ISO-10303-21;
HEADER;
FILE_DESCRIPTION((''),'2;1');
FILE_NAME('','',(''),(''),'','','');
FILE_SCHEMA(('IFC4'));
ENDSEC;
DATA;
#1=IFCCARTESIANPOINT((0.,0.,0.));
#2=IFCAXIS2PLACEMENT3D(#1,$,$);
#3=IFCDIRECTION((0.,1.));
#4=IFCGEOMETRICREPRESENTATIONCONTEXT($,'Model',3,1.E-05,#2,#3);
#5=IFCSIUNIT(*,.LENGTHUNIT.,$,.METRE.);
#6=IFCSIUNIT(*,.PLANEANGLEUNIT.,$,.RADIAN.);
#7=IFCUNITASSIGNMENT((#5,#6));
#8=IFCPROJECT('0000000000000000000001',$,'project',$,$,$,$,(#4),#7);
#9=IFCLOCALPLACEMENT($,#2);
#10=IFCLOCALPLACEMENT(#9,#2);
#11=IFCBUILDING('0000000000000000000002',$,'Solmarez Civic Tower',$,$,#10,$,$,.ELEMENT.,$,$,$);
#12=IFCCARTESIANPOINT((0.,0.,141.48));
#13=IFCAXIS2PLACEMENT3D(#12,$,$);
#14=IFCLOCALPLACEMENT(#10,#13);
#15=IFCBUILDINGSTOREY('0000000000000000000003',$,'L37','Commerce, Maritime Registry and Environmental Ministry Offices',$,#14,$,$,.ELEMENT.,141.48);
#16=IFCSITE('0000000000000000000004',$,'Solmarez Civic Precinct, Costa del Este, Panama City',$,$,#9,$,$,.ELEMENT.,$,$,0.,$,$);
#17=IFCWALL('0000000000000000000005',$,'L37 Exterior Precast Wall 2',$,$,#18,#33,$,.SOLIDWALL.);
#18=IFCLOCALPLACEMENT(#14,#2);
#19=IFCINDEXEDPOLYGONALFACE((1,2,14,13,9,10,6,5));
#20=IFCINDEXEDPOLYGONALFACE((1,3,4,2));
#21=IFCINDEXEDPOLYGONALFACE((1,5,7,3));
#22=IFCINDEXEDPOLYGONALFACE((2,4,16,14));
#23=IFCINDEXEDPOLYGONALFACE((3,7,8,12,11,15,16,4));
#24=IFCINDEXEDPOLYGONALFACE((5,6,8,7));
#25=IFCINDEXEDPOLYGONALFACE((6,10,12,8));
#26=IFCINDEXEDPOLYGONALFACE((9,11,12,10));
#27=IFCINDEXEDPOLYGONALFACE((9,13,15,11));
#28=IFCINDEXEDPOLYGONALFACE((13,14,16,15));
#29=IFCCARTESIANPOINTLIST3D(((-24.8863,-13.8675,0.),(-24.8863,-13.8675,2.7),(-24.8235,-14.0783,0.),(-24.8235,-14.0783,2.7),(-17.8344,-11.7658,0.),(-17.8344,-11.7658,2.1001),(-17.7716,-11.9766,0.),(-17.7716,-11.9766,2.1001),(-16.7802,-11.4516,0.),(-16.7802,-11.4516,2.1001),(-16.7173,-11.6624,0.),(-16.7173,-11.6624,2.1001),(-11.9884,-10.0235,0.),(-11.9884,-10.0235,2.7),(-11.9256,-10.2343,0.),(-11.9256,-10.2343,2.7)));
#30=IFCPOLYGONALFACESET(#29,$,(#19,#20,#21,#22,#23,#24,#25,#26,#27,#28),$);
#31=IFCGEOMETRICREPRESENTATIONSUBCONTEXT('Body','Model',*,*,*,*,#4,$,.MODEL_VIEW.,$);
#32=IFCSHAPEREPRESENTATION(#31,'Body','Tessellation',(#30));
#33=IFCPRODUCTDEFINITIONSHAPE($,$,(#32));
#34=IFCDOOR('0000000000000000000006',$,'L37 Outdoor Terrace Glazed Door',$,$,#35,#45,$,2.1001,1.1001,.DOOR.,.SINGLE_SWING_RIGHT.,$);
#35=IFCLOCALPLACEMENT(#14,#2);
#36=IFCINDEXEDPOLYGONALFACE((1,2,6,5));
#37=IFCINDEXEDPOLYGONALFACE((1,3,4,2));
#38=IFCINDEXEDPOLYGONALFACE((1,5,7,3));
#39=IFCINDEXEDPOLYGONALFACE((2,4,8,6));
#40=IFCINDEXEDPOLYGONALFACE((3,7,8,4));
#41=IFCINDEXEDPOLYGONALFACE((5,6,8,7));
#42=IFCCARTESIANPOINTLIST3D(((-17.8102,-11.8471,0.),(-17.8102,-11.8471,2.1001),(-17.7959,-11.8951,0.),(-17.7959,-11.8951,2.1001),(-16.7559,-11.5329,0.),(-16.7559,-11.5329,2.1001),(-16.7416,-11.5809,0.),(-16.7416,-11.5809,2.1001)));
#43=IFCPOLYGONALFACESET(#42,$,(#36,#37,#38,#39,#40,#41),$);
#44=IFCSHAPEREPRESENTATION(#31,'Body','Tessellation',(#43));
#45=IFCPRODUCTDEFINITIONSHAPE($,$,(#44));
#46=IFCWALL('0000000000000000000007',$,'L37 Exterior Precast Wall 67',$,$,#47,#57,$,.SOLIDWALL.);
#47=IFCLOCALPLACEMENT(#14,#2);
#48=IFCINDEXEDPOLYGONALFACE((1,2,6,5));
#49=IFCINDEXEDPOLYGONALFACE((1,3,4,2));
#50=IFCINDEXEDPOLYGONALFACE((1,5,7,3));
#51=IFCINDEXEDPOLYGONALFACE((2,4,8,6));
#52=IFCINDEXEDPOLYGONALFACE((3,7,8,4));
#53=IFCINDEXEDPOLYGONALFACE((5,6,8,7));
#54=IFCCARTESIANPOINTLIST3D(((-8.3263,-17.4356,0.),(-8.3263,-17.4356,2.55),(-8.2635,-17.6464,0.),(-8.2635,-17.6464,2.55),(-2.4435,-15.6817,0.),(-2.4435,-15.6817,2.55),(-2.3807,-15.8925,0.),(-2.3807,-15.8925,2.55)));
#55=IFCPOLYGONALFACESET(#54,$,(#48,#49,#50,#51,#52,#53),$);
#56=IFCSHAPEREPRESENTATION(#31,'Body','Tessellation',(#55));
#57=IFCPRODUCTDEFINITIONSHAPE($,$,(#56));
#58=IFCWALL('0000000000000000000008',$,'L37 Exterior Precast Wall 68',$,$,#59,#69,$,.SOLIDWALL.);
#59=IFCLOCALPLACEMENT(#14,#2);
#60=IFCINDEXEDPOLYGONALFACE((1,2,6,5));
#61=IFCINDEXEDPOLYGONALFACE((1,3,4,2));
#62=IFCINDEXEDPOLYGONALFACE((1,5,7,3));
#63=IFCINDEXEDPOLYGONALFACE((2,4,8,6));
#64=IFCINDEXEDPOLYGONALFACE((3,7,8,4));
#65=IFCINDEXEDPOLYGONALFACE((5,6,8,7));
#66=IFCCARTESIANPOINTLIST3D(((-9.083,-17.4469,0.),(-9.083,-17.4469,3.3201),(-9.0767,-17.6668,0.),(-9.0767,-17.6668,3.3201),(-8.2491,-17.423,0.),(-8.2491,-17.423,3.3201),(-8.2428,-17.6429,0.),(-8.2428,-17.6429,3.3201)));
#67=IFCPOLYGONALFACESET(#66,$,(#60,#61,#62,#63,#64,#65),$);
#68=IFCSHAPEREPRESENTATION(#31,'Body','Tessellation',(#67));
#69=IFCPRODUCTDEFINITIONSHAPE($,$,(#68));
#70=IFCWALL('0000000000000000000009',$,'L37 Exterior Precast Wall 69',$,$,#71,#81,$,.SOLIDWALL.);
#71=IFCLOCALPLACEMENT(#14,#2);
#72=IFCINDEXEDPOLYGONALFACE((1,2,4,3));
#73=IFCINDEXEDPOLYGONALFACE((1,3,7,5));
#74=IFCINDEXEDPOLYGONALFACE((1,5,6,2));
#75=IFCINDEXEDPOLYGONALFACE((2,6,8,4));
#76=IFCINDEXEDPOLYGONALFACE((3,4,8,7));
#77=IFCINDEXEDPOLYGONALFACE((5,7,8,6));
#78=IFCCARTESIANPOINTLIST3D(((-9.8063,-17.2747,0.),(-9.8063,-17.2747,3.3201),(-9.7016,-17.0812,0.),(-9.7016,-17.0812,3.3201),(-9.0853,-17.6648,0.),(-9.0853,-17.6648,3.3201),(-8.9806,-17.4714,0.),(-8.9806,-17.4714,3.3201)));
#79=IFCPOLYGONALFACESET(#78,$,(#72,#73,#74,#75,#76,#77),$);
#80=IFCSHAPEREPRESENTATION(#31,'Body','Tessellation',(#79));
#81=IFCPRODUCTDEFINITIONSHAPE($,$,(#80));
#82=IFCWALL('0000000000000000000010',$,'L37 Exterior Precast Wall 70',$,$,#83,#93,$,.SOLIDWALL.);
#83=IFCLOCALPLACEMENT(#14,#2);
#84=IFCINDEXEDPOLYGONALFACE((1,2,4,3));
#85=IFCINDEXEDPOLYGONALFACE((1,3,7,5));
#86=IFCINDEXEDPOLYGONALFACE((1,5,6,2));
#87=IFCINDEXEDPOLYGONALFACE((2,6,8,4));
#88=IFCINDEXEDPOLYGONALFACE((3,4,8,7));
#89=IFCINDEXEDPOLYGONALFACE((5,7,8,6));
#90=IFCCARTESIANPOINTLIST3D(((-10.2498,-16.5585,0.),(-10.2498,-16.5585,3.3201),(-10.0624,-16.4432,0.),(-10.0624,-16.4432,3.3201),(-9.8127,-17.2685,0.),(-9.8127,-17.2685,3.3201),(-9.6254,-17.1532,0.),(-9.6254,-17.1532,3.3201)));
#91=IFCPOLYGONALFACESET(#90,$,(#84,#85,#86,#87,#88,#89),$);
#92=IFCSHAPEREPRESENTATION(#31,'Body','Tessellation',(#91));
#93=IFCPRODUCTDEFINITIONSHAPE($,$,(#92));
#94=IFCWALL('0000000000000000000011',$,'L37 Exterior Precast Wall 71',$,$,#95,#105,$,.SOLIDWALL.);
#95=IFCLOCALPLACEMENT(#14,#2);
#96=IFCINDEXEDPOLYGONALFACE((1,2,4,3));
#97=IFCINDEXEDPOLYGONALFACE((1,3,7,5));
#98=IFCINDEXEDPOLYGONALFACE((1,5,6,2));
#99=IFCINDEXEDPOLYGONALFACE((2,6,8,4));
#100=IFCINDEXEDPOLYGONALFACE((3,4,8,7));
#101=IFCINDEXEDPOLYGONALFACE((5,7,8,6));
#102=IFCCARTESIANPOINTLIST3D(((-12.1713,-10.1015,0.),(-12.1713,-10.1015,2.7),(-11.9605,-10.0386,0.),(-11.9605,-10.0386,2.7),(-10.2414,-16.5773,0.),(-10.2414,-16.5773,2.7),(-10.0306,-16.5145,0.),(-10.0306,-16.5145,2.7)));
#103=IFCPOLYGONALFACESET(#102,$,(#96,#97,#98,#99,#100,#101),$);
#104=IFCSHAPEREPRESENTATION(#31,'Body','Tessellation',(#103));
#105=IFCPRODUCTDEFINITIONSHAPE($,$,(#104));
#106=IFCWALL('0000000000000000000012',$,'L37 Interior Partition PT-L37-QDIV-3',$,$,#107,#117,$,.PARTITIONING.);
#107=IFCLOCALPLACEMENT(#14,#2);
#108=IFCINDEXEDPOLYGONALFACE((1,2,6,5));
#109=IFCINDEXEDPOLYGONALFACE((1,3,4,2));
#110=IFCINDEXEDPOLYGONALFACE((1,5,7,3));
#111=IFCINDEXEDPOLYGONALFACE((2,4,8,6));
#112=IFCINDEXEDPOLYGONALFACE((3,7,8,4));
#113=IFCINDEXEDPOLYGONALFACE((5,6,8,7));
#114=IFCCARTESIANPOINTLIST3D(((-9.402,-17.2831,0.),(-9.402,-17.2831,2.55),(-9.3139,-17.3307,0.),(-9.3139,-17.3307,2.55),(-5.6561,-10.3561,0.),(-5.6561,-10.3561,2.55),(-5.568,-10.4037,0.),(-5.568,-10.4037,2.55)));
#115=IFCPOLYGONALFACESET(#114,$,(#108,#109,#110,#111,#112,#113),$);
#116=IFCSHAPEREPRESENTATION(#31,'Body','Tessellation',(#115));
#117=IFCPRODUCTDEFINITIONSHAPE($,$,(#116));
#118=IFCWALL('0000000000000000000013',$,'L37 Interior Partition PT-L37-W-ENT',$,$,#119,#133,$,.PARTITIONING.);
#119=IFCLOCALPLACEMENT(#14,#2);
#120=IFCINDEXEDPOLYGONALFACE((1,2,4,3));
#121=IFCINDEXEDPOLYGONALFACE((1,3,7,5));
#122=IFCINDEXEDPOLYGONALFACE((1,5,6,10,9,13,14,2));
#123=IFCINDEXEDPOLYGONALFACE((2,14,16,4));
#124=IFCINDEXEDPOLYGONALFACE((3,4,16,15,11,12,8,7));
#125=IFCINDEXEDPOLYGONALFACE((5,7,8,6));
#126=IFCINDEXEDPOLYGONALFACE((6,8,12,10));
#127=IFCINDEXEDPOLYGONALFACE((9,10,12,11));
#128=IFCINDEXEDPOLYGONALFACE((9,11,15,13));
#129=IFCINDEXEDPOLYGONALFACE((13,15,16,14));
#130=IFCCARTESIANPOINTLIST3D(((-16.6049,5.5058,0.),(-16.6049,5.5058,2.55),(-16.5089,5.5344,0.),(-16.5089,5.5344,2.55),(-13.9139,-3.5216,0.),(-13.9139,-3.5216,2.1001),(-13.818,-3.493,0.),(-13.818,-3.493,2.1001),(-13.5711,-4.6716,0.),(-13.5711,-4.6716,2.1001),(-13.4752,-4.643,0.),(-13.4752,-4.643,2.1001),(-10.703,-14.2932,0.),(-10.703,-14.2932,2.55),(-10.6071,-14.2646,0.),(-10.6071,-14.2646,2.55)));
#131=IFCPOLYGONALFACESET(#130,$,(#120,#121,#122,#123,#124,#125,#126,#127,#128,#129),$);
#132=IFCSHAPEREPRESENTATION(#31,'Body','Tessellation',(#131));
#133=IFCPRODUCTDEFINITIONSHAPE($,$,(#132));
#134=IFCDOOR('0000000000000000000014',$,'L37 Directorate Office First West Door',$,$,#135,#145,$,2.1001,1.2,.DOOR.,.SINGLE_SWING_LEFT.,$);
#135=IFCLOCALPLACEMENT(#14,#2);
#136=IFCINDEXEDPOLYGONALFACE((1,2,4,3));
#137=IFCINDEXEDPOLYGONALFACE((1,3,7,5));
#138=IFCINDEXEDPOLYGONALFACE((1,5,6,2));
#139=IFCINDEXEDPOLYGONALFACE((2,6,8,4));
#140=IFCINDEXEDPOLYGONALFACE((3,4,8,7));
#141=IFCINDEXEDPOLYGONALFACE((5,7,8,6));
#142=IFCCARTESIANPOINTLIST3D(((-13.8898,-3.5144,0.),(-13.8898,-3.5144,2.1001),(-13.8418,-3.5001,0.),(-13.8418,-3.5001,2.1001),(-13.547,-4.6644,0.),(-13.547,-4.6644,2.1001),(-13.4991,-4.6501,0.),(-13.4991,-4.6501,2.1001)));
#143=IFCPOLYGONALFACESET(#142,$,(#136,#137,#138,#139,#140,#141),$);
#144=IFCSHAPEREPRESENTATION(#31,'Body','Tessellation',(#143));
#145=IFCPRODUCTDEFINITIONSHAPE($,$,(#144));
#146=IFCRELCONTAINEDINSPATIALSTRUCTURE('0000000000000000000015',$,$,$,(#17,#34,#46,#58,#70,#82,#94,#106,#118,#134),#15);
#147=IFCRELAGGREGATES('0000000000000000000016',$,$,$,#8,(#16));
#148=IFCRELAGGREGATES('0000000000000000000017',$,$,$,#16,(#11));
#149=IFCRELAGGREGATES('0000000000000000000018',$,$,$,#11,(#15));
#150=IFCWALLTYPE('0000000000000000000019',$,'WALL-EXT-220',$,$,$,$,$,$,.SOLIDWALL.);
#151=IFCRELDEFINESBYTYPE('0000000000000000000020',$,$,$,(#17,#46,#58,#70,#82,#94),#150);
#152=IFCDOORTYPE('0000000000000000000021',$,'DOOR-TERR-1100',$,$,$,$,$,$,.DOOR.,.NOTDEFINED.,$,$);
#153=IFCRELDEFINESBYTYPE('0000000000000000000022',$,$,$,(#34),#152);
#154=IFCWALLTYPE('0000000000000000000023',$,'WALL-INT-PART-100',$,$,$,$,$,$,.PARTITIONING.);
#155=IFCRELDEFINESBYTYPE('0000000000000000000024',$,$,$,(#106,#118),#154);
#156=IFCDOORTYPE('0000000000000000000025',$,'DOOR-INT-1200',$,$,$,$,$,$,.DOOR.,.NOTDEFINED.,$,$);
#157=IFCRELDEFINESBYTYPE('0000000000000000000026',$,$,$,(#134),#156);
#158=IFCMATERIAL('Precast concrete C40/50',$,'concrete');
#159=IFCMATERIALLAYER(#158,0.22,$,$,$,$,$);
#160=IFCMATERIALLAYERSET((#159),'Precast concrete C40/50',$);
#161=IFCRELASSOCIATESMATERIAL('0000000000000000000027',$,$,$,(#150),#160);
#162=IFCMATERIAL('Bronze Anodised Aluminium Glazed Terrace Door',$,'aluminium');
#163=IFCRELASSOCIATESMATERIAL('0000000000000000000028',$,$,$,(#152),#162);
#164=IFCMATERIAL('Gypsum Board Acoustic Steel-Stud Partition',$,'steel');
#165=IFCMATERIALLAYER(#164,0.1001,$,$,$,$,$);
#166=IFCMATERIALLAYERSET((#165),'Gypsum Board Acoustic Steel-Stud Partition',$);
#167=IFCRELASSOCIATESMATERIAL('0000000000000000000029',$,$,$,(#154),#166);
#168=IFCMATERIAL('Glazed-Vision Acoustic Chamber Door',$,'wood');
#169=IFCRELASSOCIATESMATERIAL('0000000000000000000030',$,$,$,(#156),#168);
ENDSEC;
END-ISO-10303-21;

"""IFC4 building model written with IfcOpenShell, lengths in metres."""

from ifc_helpers import new_model, si_unit, direction, frame, frame_2d, origin, place, context, subcontext, project, spatial, rectangle, extrude, material, layer, layer_set, type_object, element, fill, save


model = new_model("IFC4")

# Units and contexts
model_context = context("Model", 3, precision=1e-05, world=origin(), true_north=direction((0.0, 1.0)))
body_context = subcontext(model_context, "Body", "Model", "MODEL_VIEW")
ifc_project = project(units=[si_unit("LENGTHUNIT", "METRE"), si_unit("PLANEANGLEUNIT", "RADIAN")], contexts=[model_context])

# Site, building, storey
site_placement = place(None, origin())
site = spatial("IfcSite", under=ifc_project, at=site_placement, Name="Solmarez Civic Precinct, Costa del Este, Panama City", CompositionType="ELEMENT", RefElevation=0.0)
building_placement = place(site_placement, origin())
building = spatial("IfcBuilding", under=site, at=building_placement, Name="Solmarez Civic Tower", CompositionType="ELEMENT")
storey_placement = place(building_placement, frame((0.0, 0.0, 141.48)))
storey = spatial("IfcBuildingStorey", under=building, at=storey_placement, Name="L37", Description="Commerce, Maritime Registry and Environmental Ministry Offices", CompositionType="ELEMENT", Elevation=141.48)

# Wall, opening, door
ifc_material_1 = material(Name="Precast concrete C40/50", Category="concrete")
ifc_layer_1 = layer(ifc_material_1, 0.22)
ifc_layer_set_1 = layer_set([ifc_layer_1], Name="Precast concrete C40/50")
wall_type_1 = type_object("IfcWallType", Name="WALL-EXT-220", PredefinedType="SOLIDWALL", material=ifc_layer_set_1)
wall_1_placement = place(storey_placement, frame((-11.957, -10.1289, 0.0), z_axis=(0.0, 0.0, 1.0), x_axis=(-0.958344, -0.285617, 0.0)))
wall_1 = element("IfcWall", 1, at=wall_1_placement, inside=storey, type_object=wall_type_1, Name="L37 Exterior Precast Wall 2", PredefinedType="SOLIDWALL", context=body_context, shape_type="SweptSolid", body=[
    extrude(rectangle(XDim=13.4585, YDim=0.22, at=frame_2d((6.7292, 0.0))), origin(), (0.0, 0.0, 1.0), 2.7),
])
opening_1_placement = place(wall_1_placement, frame((5.0, 0.0, 0.0)))
opening_1 = element("IfcOpeningElement", 2, at=opening_1_placement, cuts=wall_1, PredefinedType="OPENING", context=body_context, shape_type="SweptSolid", body=[
    extrude(rectangle(XDim=1.1001, YDim=2.1001, at=frame_2d((0.55, 1.05))), frame((0.0, 0.1199, 0.0), z_axis=(0.0, -1.0, 0.0), x_axis=(1.0, 0.0, 0.0)), (0.0, 0.0, 1.0), 0.24),
])
ifc_material_2 = material(Name="Bronze Anodised Aluminium Glazed Terrace Door", Category="aluminium")
door_type_1 = type_object("IfcDoorType", Name="DOOR-TERR-1100", OperationType="NOTDEFINED", PredefinedType="DOOR", material=ifc_material_2)
door_1_placement = place(opening_1_placement, origin())
door_1 = element("IfcDoor", 3, at=door_1_placement, inside=storey, type_object=door_type_1, Name="L37 Outdoor Terrace Glazed Door", OperationType="SINGLE_SWING_RIGHT", OverallHeight=2.1001, OverallWidth=1.1001, PredefinedType="DOOR", context=body_context, shape_type="SweptSolid", body=[
    extrude(rectangle(XDim=1.1001, YDim=2.1001, at=frame_2d((0.55, 1.05))), frame((0.0, 0.0249, 0.0), z_axis=(0.0, -1.0, 0.0), x_axis=(1.0, 0.0, 0.0)), (0.0, 0.0, 1.0), 0.05),
])
fill(opening_1, door_1)

# Walls
wall_2_placement = place(storey_placement, frame((-2.4121, -15.7871, 0.0), z_axis=(0.0, 0.0, 1.0), x_axis=(-0.958315, -0.285713, 0.0)))
element("IfcWall", 4, at=wall_2_placement, inside=storey, type_object=wall_type_1, Name="L37 Exterior Precast Wall 67", PredefinedType="SOLIDWALL", context=body_context, shape_type="SweptSolid", body=[
    extrude(rectangle(XDim=6.1387, YDim=0.22, at=frame_2d((3.0693, 0.0))), origin(), (0.0, 0.0, 1.0), 2.55),
])
wall_3_placement = place(storey_placement, frame((-8.2461, -17.533, 0.0), z_axis=(0.0, 0.0, 1.0), x_axis=(-0.999589, -0.028677, 0.0)))
element("IfcWall", 5, at=wall_3_placement, inside=storey, type_object=wall_type_1, Name="L37 Exterior Precast Wall 68", PredefinedType="SOLIDWALL", context=body_context, shape_type="SweptSolid", body=[
    extrude(rectangle(XDim=0.8342, YDim=0.22, at=frame_2d((0.417, 0.0))), origin(), (0.0, 0.0, 1.0), 3.3201),
])
wall_4_placement = place(storey_placement, frame((-9.033, -17.5681, 0.0), z_axis=(0.0, 0.0, 1.0), x_axis=(-0.879484, 0.475928, 0.0)))
element("IfcWall", 6, at=wall_4_placement, inside=storey, type_object=wall_type_1, Name="L37 Exterior Precast Wall 69", PredefinedType="SOLIDWALL", context=body_context, shape_type="SweptSolid", body=[
    extrude(rectangle(XDim=0.8198, YDim=0.22, at=frame_2d((0.4099, 0.0))), origin(), (0.0, 0.0, 1.0), 3.3201),
])
wall_5_placement = place(storey_placement, frame((-9.719, -17.2109, 0.0), z_axis=(0.0, 0.0, 1.0), x_axis=(-0.524195, 0.851598, 0.0)))
element("IfcWall", 7, at=wall_5_placement, inside=storey, type_object=wall_type_1, Name="L37 Exterior Precast Wall 70", PredefinedType="SOLIDWALL", context=body_context, shape_type="SweptSolid", body=[
    extrude(rectangle(XDim=0.8337, YDim=0.22, at=frame_2d((0.417, 0.0))), origin(), (0.0, 0.0, 1.0), 3.3201),
])
wall_6_placement = place(storey_placement, frame((-10.136, -16.5459, 0.0), z_axis=(0.0, 0.0, 1.0), x_axis=(-0.285607, 0.958347, 0.0)))
element("IfcWall", 8, at=wall_6_placement, inside=storey, type_object=wall_type_1, Name="L37 Exterior Precast Wall 71", PredefinedType="SOLIDWALL", context=body_context, shape_type="SweptSolid", body=[
    extrude(rectangle(XDim=6.7573, YDim=0.22, at=frame_2d((3.3787, 0.0))), origin(), (0.0, 0.0, 1.0), 2.7),
])
ifc_material_3 = material(Name="Gypsum Board Acoustic Steel-Stud Partition", Category="steel")
ifc_layer_2 = layer(ifc_material_3, 0.1001)
ifc_layer_set_2 = layer_set([ifc_layer_2], Name="Gypsum Board Acoustic Steel-Stud Partition")
wall_type_2 = type_object("IfcWallType", Name="WALL-INT-PART-100", PredefinedType="PARTITIONING", material=ifc_layer_set_2)
wall_7_placement = place(storey_placement, frame((-5.6121, -10.3799, 0.0), z_axis=(0.0, 0.0, 1.0), x_axis=(-0.475667, -0.879626, 0.0)))
element("IfcWall", 9, at=wall_7_placement, inside=storey, type_object=wall_type_2, Name="L37 Interior Partition PT-L37-QDIV-3", PredefinedType="PARTITIONING", context=body_context, shape_type="SweptSolid", body=[
    extrude(rectangle(XDim=7.875, YDim=0.1001, at=frame_2d((3.9375, 0.0))), origin(), (0.0, 0.0, 1.0), 2.55),
])

# Wall, opening, door
wall_8_placement = place(storey_placement, frame((-10.655, -14.2791, 0.0), z_axis=(0.0, 0.0, 1.0), x_axis=(-0.285666, 0.958329, 0.0)))
wall_8 = element("IfcWall", 10, at=wall_8_placement, inside=storey, type_object=wall_type_2, Name="L37 Interior Partition PT-L37-W-ENT", PredefinedType="PARTITIONING", context=body_context, shape_type="SweptSolid", body=[
    extrude(rectangle(XDim=20.6599, YDim=0.1001, at=frame_2d((10.3301, 0.0))), origin(), (0.0, 0.0, 1.0), 2.55),
])
opening_2_placement = place(wall_8_placement, frame((10.04, 0.0, 0.0)))
opening_2 = element("IfcOpeningElement", 11, at=opening_2_placement, cuts=wall_8, PredefinedType="OPENING", context=body_context, shape_type="SweptSolid", body=[
    extrude(rectangle(XDim=1.2, YDim=2.1001, at=frame_2d((0.6001, 1.05))), frame((0.0, 0.0601, 0.0), z_axis=(0.0, -1.0, 0.0), x_axis=(1.0, 0.0, 0.0)), (0.0, 0.0, 1.0), 0.1201),
])
ifc_material_4 = material(Name="Glazed-Vision Acoustic Chamber Door", Category="wood")
door_type_2 = type_object("IfcDoorType", Name="DOOR-INT-1200", OperationType="NOTDEFINED", PredefinedType="DOOR", material=ifc_material_4)
door_2_placement = place(opening_2_placement, origin())
door_2 = element("IfcDoor", 12, at=door_2_placement, inside=storey, type_object=door_type_2, Name="L37 Directorate Office First West Door", OperationType="SINGLE_SWING_LEFT", OverallHeight=2.1001, OverallWidth=1.2, PredefinedType="DOOR", context=body_context, shape_type="SweptSolid", body=[
    extrude(rectangle(XDim=1.2, YDim=2.1001, at=frame_2d((0.6001, 1.05))), frame((0.0, 0.0249, 0.0), z_axis=(0.0, -1.0, 0.0), x_axis=(1.0, 0.0, 0.0)), (0.0, 0.0, 1.0), 0.05),
])
fill(opening_2, door_2)

save(model, "model.ifc")
